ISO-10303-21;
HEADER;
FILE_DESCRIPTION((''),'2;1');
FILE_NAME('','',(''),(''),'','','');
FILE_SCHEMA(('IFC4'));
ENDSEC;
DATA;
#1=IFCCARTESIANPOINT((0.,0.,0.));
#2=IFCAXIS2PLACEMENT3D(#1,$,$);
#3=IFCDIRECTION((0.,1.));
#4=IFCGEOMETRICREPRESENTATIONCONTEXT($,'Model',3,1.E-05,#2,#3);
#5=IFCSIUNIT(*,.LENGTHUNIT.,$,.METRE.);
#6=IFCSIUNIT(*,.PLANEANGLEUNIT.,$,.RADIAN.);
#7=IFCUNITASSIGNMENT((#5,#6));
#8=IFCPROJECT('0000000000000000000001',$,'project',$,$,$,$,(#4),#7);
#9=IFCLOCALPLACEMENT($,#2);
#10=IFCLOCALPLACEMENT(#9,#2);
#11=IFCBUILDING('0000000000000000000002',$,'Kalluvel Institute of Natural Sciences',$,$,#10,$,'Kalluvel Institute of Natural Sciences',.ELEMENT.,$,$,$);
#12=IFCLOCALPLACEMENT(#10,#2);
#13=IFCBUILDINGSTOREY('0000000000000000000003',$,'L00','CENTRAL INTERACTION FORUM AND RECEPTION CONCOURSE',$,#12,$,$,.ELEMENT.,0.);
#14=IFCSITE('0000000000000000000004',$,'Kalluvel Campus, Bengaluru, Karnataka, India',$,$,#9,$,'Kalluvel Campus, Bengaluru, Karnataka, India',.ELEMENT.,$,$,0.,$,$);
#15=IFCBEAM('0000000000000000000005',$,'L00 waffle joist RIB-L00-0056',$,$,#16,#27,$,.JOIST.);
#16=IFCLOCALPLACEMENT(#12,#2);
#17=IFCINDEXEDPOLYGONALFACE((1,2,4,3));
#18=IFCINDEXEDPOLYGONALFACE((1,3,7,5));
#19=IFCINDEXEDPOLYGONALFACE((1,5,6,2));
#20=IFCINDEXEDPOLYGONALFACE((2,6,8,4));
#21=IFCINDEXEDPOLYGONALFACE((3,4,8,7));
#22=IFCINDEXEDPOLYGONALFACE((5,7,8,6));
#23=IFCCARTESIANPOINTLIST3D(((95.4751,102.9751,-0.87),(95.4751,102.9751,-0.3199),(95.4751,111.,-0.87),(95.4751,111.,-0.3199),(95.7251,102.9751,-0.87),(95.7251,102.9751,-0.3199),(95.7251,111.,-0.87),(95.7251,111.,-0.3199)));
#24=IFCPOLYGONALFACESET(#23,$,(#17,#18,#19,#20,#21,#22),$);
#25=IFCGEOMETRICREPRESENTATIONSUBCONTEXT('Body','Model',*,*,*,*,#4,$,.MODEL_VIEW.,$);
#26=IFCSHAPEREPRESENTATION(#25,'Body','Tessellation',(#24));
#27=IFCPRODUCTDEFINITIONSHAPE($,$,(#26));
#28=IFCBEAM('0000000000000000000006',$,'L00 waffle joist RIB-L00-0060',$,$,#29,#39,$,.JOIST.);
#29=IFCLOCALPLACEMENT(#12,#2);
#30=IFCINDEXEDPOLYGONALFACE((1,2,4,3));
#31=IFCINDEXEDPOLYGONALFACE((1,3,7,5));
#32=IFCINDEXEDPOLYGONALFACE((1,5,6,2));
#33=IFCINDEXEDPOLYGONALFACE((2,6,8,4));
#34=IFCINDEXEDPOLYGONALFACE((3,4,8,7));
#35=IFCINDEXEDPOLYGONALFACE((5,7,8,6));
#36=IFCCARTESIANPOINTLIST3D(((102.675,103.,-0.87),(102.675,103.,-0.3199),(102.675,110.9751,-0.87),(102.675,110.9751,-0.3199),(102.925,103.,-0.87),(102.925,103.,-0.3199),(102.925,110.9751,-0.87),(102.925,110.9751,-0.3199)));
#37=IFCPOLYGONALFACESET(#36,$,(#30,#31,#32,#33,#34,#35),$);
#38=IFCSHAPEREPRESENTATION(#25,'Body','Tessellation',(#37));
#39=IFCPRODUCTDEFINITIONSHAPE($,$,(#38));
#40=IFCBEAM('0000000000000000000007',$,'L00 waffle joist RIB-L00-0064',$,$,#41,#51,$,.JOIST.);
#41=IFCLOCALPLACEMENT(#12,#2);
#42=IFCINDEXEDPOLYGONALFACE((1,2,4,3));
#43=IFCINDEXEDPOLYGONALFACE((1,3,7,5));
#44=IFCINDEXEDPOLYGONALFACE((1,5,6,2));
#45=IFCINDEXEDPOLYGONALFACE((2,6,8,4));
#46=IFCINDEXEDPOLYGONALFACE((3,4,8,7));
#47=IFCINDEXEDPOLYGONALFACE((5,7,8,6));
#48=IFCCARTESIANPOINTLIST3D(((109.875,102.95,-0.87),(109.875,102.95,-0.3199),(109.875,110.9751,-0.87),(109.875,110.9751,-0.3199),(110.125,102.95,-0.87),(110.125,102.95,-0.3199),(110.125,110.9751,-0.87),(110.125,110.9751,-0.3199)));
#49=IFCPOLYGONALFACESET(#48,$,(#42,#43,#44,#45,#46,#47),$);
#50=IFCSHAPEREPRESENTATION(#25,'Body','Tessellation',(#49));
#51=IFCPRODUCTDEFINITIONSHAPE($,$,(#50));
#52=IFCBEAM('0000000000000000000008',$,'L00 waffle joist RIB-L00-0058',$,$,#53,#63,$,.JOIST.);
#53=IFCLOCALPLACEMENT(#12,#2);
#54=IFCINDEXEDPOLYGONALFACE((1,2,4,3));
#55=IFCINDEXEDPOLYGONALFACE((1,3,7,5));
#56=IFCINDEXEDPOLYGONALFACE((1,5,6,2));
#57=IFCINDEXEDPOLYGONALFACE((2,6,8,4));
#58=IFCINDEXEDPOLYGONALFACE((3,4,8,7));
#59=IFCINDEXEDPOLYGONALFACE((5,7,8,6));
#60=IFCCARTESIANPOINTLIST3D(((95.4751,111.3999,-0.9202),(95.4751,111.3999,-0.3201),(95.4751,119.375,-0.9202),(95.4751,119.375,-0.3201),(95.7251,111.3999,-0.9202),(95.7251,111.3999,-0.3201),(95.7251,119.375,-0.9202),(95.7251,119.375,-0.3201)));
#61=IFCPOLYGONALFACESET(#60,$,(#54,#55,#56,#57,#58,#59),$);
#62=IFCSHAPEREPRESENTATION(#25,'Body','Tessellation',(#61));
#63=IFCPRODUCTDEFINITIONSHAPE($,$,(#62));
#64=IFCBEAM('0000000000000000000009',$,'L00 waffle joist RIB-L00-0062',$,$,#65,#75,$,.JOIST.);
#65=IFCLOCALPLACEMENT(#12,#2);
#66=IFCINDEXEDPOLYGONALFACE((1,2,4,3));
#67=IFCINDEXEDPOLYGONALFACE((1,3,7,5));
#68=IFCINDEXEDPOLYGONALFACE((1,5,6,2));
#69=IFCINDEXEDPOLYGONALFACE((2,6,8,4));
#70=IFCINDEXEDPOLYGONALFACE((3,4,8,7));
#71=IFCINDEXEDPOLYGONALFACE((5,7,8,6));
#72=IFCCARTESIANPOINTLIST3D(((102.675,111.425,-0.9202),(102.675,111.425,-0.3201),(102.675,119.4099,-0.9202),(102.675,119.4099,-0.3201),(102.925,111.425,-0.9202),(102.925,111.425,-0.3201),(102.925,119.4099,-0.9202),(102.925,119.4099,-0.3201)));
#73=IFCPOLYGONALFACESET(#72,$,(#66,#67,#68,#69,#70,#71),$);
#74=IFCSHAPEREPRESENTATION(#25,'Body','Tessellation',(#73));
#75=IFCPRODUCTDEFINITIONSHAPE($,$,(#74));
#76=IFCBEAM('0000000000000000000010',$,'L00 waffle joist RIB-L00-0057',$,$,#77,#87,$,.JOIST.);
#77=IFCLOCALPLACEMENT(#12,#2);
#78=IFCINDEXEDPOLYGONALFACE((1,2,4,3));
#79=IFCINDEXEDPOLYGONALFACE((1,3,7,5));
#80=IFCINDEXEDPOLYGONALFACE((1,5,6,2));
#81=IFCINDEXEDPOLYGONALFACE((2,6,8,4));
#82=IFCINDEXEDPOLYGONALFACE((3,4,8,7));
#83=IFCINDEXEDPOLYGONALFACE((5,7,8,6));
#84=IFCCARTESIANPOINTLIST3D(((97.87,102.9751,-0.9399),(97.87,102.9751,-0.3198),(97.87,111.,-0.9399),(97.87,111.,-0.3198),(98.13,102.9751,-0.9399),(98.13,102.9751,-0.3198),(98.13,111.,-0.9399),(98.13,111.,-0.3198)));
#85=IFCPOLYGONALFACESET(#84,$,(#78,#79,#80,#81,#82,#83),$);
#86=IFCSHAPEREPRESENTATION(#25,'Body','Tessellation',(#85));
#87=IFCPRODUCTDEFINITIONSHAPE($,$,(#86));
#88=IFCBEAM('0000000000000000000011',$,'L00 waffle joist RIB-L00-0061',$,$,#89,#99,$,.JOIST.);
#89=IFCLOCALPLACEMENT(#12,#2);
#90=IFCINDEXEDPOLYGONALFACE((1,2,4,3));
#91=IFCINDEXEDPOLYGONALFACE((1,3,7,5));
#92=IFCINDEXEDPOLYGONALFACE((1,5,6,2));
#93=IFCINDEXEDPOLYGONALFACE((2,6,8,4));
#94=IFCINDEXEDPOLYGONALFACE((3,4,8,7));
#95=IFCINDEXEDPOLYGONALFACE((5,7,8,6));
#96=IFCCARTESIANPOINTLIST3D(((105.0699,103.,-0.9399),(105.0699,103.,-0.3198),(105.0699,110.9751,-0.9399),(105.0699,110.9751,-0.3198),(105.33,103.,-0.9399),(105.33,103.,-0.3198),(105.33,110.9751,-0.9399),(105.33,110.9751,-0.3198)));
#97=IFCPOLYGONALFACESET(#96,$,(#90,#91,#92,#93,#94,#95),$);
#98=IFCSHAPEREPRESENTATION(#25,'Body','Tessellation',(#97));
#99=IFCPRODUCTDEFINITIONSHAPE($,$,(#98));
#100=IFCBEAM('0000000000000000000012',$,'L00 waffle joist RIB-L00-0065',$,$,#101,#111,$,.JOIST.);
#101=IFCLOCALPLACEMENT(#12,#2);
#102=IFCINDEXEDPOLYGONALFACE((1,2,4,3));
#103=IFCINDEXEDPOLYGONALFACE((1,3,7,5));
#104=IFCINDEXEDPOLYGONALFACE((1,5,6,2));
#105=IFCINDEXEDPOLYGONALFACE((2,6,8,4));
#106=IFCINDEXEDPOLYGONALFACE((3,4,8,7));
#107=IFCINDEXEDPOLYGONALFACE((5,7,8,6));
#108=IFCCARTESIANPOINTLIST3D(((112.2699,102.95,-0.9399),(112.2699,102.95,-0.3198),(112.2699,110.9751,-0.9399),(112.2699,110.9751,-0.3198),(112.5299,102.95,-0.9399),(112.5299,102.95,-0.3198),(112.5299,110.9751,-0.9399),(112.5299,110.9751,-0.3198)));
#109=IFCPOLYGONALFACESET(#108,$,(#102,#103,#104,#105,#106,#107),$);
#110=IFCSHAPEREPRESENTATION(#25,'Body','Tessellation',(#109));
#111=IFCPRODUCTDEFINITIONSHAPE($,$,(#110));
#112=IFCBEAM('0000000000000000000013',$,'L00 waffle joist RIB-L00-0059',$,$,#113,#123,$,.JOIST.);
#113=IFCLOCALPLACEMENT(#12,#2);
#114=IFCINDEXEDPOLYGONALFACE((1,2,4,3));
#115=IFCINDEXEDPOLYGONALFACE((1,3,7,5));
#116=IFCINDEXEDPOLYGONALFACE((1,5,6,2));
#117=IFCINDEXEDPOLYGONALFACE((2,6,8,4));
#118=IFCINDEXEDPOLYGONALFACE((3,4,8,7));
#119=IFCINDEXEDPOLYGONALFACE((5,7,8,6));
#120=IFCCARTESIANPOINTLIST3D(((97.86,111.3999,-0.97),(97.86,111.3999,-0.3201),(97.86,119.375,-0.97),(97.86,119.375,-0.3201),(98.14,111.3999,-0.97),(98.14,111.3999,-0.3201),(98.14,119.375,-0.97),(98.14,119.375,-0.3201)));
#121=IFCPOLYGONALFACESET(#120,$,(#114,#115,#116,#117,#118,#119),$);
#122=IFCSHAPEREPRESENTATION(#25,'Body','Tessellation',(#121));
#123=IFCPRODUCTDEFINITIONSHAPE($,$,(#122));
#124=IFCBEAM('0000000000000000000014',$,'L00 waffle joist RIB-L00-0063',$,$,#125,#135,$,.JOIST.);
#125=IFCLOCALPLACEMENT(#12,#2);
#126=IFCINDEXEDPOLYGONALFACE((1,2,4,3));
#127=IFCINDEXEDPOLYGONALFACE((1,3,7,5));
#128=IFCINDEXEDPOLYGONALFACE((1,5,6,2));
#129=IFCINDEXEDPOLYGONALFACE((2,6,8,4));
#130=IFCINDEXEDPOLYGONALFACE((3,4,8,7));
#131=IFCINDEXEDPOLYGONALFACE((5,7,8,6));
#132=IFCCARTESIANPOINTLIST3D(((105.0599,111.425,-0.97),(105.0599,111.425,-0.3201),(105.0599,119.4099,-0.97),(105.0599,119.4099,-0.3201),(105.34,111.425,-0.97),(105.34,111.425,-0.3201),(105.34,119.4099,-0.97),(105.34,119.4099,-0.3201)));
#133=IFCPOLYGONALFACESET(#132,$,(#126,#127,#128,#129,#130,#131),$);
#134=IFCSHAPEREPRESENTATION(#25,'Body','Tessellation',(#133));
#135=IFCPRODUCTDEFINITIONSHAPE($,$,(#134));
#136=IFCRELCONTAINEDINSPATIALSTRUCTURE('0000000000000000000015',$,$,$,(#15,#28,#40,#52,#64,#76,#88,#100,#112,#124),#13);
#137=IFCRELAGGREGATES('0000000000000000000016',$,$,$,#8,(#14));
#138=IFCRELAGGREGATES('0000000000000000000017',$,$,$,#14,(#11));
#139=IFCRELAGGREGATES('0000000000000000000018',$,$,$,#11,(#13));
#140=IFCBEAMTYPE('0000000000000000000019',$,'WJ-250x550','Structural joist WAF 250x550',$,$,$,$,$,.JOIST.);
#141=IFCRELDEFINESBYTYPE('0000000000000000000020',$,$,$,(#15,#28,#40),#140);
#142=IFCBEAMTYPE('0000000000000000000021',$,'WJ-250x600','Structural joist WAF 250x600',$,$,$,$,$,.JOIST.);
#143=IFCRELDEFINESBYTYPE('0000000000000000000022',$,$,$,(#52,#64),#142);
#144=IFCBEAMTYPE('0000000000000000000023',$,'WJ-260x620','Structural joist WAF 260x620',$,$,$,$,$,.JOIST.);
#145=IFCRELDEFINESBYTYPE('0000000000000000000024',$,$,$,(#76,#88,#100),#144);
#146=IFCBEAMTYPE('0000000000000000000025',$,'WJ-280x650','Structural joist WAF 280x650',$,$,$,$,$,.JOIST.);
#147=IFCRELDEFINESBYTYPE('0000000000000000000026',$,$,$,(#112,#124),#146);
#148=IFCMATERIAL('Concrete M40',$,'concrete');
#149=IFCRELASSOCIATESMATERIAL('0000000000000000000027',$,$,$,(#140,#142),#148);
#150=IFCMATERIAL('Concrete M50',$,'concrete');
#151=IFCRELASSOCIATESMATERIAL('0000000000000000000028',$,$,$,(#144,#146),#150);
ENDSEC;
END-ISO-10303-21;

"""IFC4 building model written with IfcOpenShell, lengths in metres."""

from ifc_helpers import new_model, si_unit, direction, frame, origin, origin_2d, place, context, subcontext, project, spatial, rectangle, extrude, material, material_profile, profile_set, type_object, element, save


model = new_model("IFC4")

# Units and contexts
model_context = context("Model", 3, precision=1e-05, world=origin(), true_north=direction((0.0, 1.0)))
body_context = subcontext(model_context, "Body", "Model", "MODEL_VIEW")
ifc_project = project(units=[si_unit("LENGTHUNIT", "METRE"), si_unit("PLANEANGLEUNIT", "RADIAN")], contexts=[model_context])

# Site, building, storey
site_placement = place(None, origin())
site = spatial("IfcSite", under=ifc_project, at=site_placement, Name="Kalluvel Campus, Bengaluru, Karnataka, India", LongName="Kalluvel Campus, Bengaluru, Karnataka, India", CompositionType="ELEMENT", RefElevation=0.0)
building_placement = place(site_placement, origin())
building = spatial("IfcBuilding", under=site, at=building_placement, Name="Kalluvel Institute of Natural Sciences", LongName="Kalluvel Institute of Natural Sciences", CompositionType="ELEMENT")
storey_placement = place(building_placement, origin())
storey = spatial("IfcBuildingStorey", under=building, at=storey_placement, Name="L00", Description="CENTRAL INTERACTION FORUM AND RECEPTION CONCOURSE", CompositionType="ELEMENT", Elevation=0.0)

# Shared definitions
ifc_material_1 = material(Name="Concrete M50", Category="concrete")

# Beams
ifc_material_2 = material(Name="Concrete M40", Category="concrete")
ifc_material_profile_1 = material_profile(ifc_material_2, rectangle(XDim=0.25, YDim=0.55, at=origin_2d()), Name="WAF 250x550")
ifc_profile_set_1 = profile_set([ifc_material_profile_1], Name="Concrete M40")
beam_type_1 = type_object("IfcBeamType", Name="WJ-250x550", Description="Structural joist WAF 250x550", PredefinedType="JOIST", material=ifc_profile_set_1)
beam_1_placement = place(storey_placement, frame((95.6001, 102.9751, -0.595), z_axis=(0.0, 1.0, 0.0), x_axis=(-1.0, 0.0, 0.0)))
element("IfcBeam", 1, at=beam_1_placement, inside=storey, type_object=beam_type_1, Name="L00 waffle joist RIB-L00-0056", PredefinedType="JOIST", context=body_context, shape_type="SweptSolid", body=[
    extrude(rectangle(XDim=0.25, YDim=0.55, at=origin_2d()), origin(), (0.0, 0.0, 1.0), 8.0249),
])
beam_2_placement = place(storey_placement, frame((102.8, 103.0, -0.595), z_axis=(0.0, 1.0, 0.0), x_axis=(-1.0, 0.0, 0.0)))
element("IfcBeam", 2, at=beam_2_placement, inside=storey, type_object=beam_type_1, Name="L00 waffle joist RIB-L00-0060", PredefinedType="JOIST", context=body_context, shape_type="SweptSolid", body=[
    extrude(rectangle(XDim=0.25, YDim=0.55, at=origin_2d()), origin(), (0.0, 0.0, 1.0), 7.9751),
])
beam_3_placement = place(storey_placement, frame((110.0, 102.95, -0.595), z_axis=(0.0, 1.0, 0.0), x_axis=(-1.0, 0.0, 0.0)))
element("IfcBeam", 3, at=beam_3_placement, inside=storey, type_object=beam_type_1, Name="L00 waffle joist RIB-L00-0064", PredefinedType="JOIST", context=body_context, shape_type="SweptSolid", body=[
    extrude(rectangle(XDim=0.25, YDim=0.55, at=origin_2d()), origin(), (0.0, 0.0, 1.0), 8.0251),
])
ifc_material_profile_2 = material_profile(ifc_material_2, rectangle(XDim=0.25, YDim=0.6001, at=origin_2d()), Name="WAF 250x600")
ifc_profile_set_2 = profile_set([ifc_material_profile_2], Name="Concrete M40")
beam_type_2 = type_object("IfcBeamType", Name="WJ-250x600", Description="Structural joist WAF 250x600", PredefinedType="JOIST", material=ifc_profile_set_2)
beam_4_placement = place(storey_placement, frame((95.6001, 111.3999, -0.6201), z_axis=(0.0, 1.0, 0.0), x_axis=(-1.0, 0.0, 0.0)))
element("IfcBeam", 4, at=beam_4_placement, inside=storey, type_object=beam_type_2, Name="L00 waffle joist RIB-L00-0058", PredefinedType="JOIST", context=body_context, shape_type="SweptSolid", body=[
    extrude(rectangle(XDim=0.25, YDim=0.6001, at=origin_2d()), origin(), (0.0, 0.0, 1.0), 7.9751),
])
beam_5_placement = place(storey_placement, frame((102.8, 111.425, -0.6201), z_axis=(0.0, 1.0, 0.0), x_axis=(-1.0, 0.0, 0.0)))
element("IfcBeam", 5, at=beam_5_placement, inside=storey, type_object=beam_type_2, Name="L00 waffle joist RIB-L00-0062", PredefinedType="JOIST", context=body_context, shape_type="SweptSolid", body=[
    extrude(rectangle(XDim=0.25, YDim=0.6001, at=origin_2d()), origin(), (0.0, 0.0, 1.0), 7.9849),
])
ifc_material_profile_3 = material_profile(ifc_material_1, rectangle(XDim=0.26, YDim=0.6201, at=origin_2d()), Name="WAF 260x620")
ifc_profile_set_3 = profile_set([ifc_material_profile_3], Name="Concrete M50")
beam_type_3 = type_object("IfcBeamType", Name="WJ-260x620", Description="Structural joist WAF 260x620", PredefinedType="JOIST", material=ifc_profile_set_3)
beam_6_placement = place(storey_placement, frame((98.0, 102.9751, -0.6299), z_axis=(0.0, 1.0, 0.0), x_axis=(-1.0, 0.0, 0.0)))
element("IfcBeam", 6, at=beam_6_placement, inside=storey, type_object=beam_type_3, Name="L00 waffle joist RIB-L00-0057", PredefinedType="JOIST", context=body_context, shape_type="SweptSolid", body=[
    extrude(rectangle(XDim=0.26, YDim=0.6201, at=origin_2d()), origin(), (0.0, 0.0, 1.0), 8.0249),
])
beam_7_placement = place(storey_placement, frame((105.2, 103.0, -0.6299), z_axis=(0.0, 1.0, 0.0), x_axis=(-1.0, 0.0, 0.0)))
element("IfcBeam", 7, at=beam_7_placement, inside=storey, type_object=beam_type_3, Name="L00 waffle joist RIB-L00-0061", PredefinedType="JOIST", context=body_context, shape_type="SweptSolid", body=[
    extrude(rectangle(XDim=0.26, YDim=0.6201, at=origin_2d()), origin(), (0.0, 0.0, 1.0), 7.9751),
])
beam_8_placement = place(storey_placement, frame((112.3999, 102.95, -0.6299), z_axis=(0.0, 1.0, 0.0), x_axis=(-1.0, 0.0, 0.0)))
element("IfcBeam", 8, at=beam_8_placement, inside=storey, type_object=beam_type_3, Name="L00 waffle joist RIB-L00-0065", PredefinedType="JOIST", context=body_context, shape_type="SweptSolid", body=[
    extrude(rectangle(XDim=0.26, YDim=0.6201, at=origin_2d()), origin(), (0.0, 0.0, 1.0), 8.0251),
])
ifc_material_profile_4 = material_profile(ifc_material_1, rectangle(XDim=0.28, YDim=0.6499, at=origin_2d()), Name="WAF 280x650")
ifc_profile_set_4 = profile_set([ifc_material_profile_4], Name="Concrete M50")
beam_type_4 = type_object("IfcBeamType", Name="WJ-280x650", Description="Structural joist WAF 280x650", PredefinedType="JOIST", material=ifc_profile_set_4)
beam_9_placement = place(storey_placement, frame((98.0, 111.3999, -0.645), z_axis=(0.0, 1.0, 0.0), x_axis=(-1.0, 0.0, 0.0)))
element("IfcBeam", 9, at=beam_9_placement, inside=storey, type_object=beam_type_4, Name="L00 waffle joist RIB-L00-0059", PredefinedType="JOIST", context=body_context, shape_type="SweptSolid", body=[
    extrude(rectangle(XDim=0.28, YDim=0.6499, at=origin_2d()), origin(), (0.0, 0.0, 1.0), 7.9751),
])
beam_10_placement = place(storey_placement, frame((105.2, 111.425, -0.645), z_axis=(0.0, 1.0, 0.0), x_axis=(-1.0, 0.0, 0.0)))
element("IfcBeam", 10, at=beam_10_placement, inside=storey, type_object=beam_type_4, Name="L00 waffle joist RIB-L00-0063", PredefinedType="JOIST", context=body_context, shape_type="SweptSolid", body=[
    extrude(rectangle(XDim=0.28, YDim=0.6499, at=origin_2d()), origin(), (0.0, 0.0, 1.0), 7.9849),
])

save(model, "model.ifc")
